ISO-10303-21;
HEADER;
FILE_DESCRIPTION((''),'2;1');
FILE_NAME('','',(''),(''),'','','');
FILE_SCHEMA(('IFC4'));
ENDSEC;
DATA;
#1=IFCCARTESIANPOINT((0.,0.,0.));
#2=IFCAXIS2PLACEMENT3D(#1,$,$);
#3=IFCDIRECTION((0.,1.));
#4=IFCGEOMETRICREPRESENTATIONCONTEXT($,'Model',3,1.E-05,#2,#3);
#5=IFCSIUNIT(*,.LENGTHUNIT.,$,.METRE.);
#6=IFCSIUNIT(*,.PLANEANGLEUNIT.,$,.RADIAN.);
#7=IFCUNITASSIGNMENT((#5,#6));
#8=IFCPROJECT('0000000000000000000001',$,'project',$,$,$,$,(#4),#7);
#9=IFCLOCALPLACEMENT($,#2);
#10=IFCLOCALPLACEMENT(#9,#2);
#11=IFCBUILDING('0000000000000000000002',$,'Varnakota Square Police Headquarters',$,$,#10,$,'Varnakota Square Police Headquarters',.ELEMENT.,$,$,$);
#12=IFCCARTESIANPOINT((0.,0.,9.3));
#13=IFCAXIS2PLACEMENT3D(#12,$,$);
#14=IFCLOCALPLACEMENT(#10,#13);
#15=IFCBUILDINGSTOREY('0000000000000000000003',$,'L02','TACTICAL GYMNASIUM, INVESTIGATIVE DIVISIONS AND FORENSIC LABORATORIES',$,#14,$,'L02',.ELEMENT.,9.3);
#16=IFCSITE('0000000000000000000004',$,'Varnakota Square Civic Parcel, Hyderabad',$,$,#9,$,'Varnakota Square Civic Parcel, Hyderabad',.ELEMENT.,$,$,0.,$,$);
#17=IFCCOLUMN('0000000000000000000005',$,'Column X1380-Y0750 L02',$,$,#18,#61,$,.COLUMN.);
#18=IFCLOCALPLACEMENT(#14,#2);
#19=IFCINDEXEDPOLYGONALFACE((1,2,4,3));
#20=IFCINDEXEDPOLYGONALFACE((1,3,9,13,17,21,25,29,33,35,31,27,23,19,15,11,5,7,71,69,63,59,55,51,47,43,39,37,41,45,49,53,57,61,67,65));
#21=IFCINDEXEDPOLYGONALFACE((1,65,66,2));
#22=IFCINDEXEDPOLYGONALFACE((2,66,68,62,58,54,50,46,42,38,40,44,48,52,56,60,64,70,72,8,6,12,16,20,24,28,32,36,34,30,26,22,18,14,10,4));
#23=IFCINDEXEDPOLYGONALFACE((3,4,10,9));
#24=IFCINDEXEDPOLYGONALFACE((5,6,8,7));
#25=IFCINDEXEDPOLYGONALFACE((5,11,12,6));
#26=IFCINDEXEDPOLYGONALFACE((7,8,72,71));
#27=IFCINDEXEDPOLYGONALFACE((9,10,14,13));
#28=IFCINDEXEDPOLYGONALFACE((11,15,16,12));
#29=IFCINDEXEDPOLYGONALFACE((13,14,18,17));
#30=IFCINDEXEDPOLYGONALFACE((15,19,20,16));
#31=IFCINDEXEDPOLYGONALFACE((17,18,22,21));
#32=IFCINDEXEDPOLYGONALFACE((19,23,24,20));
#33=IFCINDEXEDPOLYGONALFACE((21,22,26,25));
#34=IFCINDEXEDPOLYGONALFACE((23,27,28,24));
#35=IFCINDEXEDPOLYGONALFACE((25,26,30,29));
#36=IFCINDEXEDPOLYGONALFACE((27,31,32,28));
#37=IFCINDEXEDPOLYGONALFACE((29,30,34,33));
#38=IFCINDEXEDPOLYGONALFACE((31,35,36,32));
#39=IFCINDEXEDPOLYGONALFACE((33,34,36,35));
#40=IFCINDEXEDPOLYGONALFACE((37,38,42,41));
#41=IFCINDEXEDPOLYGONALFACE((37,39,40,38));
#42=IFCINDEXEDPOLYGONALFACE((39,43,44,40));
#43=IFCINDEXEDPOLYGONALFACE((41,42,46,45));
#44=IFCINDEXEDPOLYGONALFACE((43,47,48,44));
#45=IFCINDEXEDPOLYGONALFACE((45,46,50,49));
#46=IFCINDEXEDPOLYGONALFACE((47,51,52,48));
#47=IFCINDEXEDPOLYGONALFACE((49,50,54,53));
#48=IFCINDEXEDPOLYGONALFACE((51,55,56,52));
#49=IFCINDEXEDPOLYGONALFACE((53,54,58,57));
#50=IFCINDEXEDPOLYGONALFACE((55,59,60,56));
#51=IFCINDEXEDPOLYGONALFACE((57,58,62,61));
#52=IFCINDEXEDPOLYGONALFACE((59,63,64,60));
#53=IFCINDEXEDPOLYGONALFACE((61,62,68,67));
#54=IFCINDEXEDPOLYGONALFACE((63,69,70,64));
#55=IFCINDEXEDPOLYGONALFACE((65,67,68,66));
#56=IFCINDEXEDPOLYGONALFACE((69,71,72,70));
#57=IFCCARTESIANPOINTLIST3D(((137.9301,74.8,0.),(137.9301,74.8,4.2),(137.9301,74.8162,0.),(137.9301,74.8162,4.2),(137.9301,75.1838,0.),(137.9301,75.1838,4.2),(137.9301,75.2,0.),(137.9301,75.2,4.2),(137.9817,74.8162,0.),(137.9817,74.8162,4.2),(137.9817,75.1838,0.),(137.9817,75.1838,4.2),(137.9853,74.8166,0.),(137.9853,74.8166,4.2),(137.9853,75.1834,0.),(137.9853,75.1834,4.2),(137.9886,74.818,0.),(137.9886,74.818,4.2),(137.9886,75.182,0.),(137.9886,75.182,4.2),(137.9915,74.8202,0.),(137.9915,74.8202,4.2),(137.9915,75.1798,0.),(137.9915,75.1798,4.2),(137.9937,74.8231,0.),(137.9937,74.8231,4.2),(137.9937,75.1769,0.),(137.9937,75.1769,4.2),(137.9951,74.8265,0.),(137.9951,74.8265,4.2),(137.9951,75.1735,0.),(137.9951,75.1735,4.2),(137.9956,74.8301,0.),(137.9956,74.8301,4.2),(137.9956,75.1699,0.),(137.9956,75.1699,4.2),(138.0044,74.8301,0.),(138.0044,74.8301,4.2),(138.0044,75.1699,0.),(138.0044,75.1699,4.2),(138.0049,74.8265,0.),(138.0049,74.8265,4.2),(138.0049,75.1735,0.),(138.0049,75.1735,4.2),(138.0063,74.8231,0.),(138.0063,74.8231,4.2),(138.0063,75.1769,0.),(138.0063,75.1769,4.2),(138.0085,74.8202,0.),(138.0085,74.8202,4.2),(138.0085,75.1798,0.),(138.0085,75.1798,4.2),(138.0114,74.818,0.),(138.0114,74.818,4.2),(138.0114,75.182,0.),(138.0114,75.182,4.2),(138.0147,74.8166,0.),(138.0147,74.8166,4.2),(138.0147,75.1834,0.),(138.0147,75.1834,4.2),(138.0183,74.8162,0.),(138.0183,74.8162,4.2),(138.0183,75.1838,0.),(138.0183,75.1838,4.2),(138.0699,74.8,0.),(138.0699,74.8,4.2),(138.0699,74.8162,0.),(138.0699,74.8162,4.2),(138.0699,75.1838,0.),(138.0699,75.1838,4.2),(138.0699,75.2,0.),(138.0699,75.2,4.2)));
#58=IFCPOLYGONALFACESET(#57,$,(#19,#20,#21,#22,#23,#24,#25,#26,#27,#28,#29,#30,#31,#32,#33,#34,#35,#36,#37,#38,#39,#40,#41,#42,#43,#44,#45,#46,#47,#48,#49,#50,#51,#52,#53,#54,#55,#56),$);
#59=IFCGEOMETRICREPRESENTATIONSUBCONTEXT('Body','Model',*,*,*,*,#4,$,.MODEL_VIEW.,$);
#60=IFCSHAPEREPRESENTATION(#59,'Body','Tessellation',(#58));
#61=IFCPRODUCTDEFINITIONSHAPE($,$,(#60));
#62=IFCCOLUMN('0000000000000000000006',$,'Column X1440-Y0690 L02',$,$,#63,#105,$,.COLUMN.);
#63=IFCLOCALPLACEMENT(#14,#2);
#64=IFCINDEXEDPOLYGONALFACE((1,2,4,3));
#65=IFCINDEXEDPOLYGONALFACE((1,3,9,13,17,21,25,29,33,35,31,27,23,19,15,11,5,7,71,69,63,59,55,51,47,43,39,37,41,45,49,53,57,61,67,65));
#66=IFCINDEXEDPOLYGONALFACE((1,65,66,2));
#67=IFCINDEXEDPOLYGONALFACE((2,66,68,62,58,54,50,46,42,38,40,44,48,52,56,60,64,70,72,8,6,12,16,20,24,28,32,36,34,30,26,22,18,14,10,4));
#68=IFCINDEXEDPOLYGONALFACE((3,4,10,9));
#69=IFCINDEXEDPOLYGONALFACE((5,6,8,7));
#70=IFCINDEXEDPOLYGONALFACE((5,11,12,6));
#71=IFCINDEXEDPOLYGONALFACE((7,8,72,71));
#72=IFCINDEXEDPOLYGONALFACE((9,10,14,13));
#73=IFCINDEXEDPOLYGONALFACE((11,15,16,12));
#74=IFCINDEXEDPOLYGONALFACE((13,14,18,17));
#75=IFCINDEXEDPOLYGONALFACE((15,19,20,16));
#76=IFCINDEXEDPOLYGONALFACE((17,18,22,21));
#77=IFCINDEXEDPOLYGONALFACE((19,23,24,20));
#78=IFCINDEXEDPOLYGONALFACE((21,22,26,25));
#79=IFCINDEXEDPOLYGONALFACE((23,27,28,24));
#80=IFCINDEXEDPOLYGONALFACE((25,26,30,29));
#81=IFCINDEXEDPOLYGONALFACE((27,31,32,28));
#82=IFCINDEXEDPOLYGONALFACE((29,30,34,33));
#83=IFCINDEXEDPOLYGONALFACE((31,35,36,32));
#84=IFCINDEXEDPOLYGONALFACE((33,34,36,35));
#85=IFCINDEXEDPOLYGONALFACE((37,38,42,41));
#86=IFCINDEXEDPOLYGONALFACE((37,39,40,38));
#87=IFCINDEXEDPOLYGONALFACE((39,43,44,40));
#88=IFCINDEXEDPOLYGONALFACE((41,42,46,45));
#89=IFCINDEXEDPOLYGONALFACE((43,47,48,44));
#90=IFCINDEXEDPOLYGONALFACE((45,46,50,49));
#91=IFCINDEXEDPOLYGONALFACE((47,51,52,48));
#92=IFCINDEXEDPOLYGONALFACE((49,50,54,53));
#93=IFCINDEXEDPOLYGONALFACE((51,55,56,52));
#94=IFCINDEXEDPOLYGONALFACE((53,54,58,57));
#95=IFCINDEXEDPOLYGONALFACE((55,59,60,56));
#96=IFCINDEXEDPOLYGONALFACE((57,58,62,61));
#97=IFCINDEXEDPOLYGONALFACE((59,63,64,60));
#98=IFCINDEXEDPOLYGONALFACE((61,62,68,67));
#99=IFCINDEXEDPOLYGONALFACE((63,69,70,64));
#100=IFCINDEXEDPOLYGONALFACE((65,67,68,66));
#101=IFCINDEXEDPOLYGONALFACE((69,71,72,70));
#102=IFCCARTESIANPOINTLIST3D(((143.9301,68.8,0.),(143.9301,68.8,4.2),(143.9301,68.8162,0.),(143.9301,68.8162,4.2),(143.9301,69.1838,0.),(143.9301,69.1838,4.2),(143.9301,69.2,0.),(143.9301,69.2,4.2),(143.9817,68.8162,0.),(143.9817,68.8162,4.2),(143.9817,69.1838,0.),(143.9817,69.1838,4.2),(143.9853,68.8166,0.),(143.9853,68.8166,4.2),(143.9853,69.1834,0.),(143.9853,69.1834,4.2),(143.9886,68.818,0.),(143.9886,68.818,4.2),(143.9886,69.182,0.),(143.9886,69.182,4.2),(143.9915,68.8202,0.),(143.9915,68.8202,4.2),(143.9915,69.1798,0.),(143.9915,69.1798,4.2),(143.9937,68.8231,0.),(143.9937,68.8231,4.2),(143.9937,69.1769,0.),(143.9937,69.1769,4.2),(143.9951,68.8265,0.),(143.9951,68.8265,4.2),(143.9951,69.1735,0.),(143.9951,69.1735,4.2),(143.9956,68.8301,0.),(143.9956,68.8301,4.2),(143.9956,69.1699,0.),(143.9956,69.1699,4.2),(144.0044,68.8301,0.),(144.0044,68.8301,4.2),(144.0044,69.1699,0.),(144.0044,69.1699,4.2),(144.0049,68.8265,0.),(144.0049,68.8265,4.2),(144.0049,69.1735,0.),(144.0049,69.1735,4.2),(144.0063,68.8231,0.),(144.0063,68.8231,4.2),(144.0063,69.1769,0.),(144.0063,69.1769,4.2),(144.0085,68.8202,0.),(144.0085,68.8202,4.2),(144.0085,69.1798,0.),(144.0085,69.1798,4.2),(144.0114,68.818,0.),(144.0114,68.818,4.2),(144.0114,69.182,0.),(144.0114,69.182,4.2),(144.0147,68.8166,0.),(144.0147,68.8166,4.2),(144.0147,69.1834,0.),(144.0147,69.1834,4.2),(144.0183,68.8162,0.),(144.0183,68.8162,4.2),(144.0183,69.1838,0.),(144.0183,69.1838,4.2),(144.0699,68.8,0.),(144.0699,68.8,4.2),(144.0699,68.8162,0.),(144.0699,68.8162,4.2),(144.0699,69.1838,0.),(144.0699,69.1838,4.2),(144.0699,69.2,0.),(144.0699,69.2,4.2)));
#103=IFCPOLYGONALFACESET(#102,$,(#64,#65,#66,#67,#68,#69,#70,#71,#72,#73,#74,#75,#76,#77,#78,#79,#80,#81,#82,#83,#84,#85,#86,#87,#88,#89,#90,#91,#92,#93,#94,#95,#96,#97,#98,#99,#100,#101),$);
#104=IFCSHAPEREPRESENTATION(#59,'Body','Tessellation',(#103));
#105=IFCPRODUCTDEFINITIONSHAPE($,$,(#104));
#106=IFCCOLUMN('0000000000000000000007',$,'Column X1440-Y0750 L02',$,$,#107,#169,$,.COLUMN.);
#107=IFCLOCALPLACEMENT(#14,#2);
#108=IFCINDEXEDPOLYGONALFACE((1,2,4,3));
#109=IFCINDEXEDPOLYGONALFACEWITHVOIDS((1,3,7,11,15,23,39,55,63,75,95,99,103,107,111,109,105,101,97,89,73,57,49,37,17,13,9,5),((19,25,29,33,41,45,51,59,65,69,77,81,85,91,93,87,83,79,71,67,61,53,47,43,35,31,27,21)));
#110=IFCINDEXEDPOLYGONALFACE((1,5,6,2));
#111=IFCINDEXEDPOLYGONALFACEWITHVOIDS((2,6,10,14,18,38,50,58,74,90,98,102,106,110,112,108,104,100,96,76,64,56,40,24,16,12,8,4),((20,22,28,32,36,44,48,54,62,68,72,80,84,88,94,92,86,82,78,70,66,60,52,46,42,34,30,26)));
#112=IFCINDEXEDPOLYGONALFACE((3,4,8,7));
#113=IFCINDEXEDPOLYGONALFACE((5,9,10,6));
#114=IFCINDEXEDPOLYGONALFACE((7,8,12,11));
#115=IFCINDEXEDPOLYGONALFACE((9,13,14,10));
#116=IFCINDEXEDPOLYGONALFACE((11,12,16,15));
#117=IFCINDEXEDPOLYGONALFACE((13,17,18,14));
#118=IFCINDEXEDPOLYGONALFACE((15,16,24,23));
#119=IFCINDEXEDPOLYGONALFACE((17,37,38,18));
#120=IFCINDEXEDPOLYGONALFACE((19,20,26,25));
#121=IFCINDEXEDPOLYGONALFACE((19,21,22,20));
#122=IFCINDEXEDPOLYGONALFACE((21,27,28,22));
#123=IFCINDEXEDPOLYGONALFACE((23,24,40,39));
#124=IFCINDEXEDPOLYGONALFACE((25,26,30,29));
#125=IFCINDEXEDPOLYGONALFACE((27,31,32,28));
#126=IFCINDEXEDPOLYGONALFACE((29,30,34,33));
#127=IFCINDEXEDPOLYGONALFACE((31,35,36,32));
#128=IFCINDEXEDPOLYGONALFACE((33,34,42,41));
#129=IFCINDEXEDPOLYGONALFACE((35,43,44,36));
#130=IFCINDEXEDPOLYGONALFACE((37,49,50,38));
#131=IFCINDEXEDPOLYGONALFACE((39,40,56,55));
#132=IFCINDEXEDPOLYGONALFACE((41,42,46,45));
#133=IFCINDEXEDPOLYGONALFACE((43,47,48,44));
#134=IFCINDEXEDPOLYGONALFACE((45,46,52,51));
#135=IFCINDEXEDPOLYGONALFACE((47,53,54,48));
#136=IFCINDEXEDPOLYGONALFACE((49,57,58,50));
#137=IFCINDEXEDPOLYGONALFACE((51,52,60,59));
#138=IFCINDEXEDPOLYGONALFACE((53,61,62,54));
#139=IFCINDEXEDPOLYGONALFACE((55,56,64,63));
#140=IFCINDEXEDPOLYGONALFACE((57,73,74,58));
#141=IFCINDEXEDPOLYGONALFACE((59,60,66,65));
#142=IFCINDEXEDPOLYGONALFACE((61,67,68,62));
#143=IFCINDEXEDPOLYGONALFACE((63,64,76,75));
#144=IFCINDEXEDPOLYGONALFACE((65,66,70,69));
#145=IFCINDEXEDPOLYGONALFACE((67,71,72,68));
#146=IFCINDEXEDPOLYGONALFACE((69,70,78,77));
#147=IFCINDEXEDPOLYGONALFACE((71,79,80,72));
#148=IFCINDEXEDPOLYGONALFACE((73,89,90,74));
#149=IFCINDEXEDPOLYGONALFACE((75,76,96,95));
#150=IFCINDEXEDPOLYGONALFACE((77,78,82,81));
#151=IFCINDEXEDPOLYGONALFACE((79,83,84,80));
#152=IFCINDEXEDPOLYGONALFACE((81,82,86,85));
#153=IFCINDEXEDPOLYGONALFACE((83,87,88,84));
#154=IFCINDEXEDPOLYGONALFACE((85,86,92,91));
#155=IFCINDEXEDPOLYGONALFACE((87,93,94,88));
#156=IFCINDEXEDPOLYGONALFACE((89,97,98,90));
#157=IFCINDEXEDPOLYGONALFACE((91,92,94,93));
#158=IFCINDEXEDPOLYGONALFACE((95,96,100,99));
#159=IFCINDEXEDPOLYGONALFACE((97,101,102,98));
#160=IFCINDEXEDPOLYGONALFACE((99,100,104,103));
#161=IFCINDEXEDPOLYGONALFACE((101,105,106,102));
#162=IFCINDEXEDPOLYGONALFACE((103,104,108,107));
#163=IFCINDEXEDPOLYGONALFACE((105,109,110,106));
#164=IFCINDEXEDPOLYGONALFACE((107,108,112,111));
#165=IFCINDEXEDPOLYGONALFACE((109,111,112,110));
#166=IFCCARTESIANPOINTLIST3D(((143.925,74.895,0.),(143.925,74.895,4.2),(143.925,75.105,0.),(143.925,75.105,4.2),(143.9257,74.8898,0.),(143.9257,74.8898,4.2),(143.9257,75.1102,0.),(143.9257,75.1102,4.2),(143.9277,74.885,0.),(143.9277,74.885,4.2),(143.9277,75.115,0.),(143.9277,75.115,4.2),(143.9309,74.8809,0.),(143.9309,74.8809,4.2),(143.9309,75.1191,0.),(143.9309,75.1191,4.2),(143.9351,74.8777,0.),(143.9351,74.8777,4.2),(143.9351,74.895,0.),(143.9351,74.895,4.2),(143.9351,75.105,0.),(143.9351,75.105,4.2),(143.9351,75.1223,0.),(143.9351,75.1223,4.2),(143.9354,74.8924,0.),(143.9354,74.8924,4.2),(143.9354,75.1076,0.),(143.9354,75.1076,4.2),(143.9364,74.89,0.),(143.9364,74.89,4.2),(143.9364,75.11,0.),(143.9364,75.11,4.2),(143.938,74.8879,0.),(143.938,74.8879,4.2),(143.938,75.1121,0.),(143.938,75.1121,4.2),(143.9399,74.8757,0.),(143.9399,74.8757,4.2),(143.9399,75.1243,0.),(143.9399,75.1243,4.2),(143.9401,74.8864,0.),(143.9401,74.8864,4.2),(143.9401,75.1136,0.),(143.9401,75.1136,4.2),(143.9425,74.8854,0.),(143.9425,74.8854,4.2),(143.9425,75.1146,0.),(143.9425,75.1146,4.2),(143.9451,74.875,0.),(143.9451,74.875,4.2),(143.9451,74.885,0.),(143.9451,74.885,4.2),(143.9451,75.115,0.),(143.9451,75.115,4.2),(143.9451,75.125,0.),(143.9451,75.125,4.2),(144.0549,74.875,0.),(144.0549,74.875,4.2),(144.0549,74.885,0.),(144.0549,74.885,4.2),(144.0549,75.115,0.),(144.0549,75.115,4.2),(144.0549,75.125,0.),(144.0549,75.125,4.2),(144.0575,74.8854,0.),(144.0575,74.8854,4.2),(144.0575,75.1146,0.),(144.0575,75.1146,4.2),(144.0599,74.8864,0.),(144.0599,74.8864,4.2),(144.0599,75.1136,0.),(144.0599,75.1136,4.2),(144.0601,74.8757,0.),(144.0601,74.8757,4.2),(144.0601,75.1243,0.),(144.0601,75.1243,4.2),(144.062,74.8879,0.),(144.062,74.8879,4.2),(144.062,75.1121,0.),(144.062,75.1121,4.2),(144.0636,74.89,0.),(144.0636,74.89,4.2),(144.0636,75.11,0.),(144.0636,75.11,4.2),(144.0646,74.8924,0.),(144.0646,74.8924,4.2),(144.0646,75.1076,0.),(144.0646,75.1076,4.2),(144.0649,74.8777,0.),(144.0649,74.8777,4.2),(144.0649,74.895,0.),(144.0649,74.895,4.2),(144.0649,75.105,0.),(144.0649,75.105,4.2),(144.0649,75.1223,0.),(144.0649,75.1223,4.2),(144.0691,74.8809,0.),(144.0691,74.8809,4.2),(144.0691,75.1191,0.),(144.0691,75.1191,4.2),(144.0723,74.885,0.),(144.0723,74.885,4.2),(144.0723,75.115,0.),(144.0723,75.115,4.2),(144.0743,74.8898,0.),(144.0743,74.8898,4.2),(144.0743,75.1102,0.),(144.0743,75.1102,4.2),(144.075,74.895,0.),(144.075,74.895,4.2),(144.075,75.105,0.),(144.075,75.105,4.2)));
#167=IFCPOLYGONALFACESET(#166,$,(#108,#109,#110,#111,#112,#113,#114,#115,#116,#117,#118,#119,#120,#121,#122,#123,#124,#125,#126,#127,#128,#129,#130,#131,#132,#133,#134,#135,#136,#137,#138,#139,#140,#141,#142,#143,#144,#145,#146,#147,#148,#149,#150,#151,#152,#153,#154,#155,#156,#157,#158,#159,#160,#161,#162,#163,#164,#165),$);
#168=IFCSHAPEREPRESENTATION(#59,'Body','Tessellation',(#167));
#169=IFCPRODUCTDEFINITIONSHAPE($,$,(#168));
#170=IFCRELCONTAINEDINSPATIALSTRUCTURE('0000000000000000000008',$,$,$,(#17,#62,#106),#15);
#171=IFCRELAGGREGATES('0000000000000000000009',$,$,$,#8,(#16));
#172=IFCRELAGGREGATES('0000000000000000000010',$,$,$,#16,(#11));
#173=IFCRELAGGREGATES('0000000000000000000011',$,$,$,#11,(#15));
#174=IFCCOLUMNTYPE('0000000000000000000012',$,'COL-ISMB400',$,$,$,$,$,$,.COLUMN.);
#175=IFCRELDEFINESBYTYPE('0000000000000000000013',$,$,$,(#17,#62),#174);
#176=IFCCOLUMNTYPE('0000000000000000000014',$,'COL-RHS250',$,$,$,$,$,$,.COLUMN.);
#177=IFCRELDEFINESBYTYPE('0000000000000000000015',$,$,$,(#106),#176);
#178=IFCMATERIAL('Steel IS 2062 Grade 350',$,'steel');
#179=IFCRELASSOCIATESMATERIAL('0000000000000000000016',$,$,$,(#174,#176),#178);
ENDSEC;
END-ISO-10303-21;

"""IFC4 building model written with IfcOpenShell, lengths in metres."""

from ifc_helpers import new_model, si_unit, direction, frame, origin, origin_2d, place, context, subcontext, project, spatial, hollow_rectangle, i_section, extrude, material, material_profile, profile_set, type_object, element, save


model = new_model("IFC4")

# Units and contexts
model_context = context("Model", 3, precision=1e-05, world=origin(), true_north=direction((0.0, 1.0)))
body_context = subcontext(model_context, "Body", "Model", "MODEL_VIEW")
ifc_project = project(units=[si_unit("LENGTHUNIT", "METRE"), si_unit("PLANEANGLEUNIT", "RADIAN")], contexts=[model_context])

# Site, building, storey
site_placement = place(None, origin())
site = spatial("IfcSite", under=ifc_project, at=site_placement, Name="Varnakota Square Civic Parcel, Hyderabad", LongName="Varnakota Square Civic Parcel, Hyderabad", CompositionType="ELEMENT", RefElevation=0.0)
building_placement = place(site_placement, origin())
building = spatial("IfcBuilding", under=site, at=building_placement, Name="Varnakota Square Police Headquarters", LongName="Varnakota Square Police Headquarters", CompositionType="ELEMENT")
storey_placement = place(building_placement, frame((0.0, 0.0, 9.3)))
storey = spatial("IfcBuildingStorey", under=building, at=storey_placement, Name="L02", Description="TACTICAL GYMNASIUM, INVESTIGATIVE DIVISIONS AND FORENSIC LABORATORIES", LongName="L02", CompositionType="ELEMENT", Elevation=9.3)

# Columns
ifc_material_1 = material(Name="Steel IS 2062 Grade 350", Category="steel")
ifc_material_profile_1 = material_profile(ifc_material_1, i_section(OverallWidth=0.1399, OverallDepth=0.3999, WebThickness=0.0088, FlangeThickness=0.0161, FilletRadius=0.0139, at=origin_2d()), Name="ISMB 400")
ifc_profile_set_1 = profile_set([ifc_material_profile_1], Name="Steel IS 2062 Grade 350")
column_type_1 = type_object("IfcColumnType", Name="COL-ISMB400", PredefinedType="COLUMN", material=ifc_profile_set_1)
for number, where, z_axis, x_axis, name in (
    (1, (138.0, 75.0, 0.0), (0.0, 0.0, 1.0), (1.0, 0.0, 0.0), "Column X1380-Y0750 L02"),
    (2, (144.0, 69.0, 0.0), (0.0, 0.0, 1.0), (1.0, 0.0, 0.0), "Column X1440-Y0690 L02"),
):
    element("IfcColumn", number, at=place(storey_placement, frame(where, z_axis=z_axis, x_axis=x_axis)), inside=storey, type_object=column_type_1, Name=name, PredefinedType="COLUMN", context=body_context, shape_type="SweptSolid", body=[
        extrude(i_section(OverallWidth=0.1399, OverallDepth=0.3999, WebThickness=0.0088, FlangeThickness=0.0161, FilletRadius=0.0139, at=origin_2d()), origin(), (0.0, 0.0, 1.0), 4.2),
    ])
ifc_material_profile_2 = material_profile(ifc_material_1, hollow_rectangle(XDim=0.1499, YDim=0.25, WallThickness=0.01, InnerFilletRadius=0.01, OuterFilletRadius=0.02, at=origin_2d()), Name="RHS 250x150x10")
ifc_profile_set_2 = profile_set([ifc_material_profile_2], Name="Steel IS 2062 Grade 350")
column_type_2 = type_object("IfcColumnType", Name="COL-RHS250", PredefinedType="COLUMN", material=ifc_profile_set_2)
column_placement = place(storey_placement, frame((144.0, 75.0, 0.0), z_axis=(0.0, 0.0, 1.0), x_axis=(1.0, 0.0, 0.0)))
element("IfcColumn", 3, at=column_placement, inside=storey, type_object=column_type_2, Name="Column X1440-Y0750 L02", PredefinedType="COLUMN", context=body_context, shape_type="SweptSolid", body=[
    extrude(hollow_rectangle(XDim=0.1499, YDim=0.25, WallThickness=0.01, InnerFilletRadius=0.01, OuterFilletRadius=0.02, at=origin_2d()), origin(), (0.0, 0.0, 1.0), 4.2),
])

save(model, "model.ifc")
